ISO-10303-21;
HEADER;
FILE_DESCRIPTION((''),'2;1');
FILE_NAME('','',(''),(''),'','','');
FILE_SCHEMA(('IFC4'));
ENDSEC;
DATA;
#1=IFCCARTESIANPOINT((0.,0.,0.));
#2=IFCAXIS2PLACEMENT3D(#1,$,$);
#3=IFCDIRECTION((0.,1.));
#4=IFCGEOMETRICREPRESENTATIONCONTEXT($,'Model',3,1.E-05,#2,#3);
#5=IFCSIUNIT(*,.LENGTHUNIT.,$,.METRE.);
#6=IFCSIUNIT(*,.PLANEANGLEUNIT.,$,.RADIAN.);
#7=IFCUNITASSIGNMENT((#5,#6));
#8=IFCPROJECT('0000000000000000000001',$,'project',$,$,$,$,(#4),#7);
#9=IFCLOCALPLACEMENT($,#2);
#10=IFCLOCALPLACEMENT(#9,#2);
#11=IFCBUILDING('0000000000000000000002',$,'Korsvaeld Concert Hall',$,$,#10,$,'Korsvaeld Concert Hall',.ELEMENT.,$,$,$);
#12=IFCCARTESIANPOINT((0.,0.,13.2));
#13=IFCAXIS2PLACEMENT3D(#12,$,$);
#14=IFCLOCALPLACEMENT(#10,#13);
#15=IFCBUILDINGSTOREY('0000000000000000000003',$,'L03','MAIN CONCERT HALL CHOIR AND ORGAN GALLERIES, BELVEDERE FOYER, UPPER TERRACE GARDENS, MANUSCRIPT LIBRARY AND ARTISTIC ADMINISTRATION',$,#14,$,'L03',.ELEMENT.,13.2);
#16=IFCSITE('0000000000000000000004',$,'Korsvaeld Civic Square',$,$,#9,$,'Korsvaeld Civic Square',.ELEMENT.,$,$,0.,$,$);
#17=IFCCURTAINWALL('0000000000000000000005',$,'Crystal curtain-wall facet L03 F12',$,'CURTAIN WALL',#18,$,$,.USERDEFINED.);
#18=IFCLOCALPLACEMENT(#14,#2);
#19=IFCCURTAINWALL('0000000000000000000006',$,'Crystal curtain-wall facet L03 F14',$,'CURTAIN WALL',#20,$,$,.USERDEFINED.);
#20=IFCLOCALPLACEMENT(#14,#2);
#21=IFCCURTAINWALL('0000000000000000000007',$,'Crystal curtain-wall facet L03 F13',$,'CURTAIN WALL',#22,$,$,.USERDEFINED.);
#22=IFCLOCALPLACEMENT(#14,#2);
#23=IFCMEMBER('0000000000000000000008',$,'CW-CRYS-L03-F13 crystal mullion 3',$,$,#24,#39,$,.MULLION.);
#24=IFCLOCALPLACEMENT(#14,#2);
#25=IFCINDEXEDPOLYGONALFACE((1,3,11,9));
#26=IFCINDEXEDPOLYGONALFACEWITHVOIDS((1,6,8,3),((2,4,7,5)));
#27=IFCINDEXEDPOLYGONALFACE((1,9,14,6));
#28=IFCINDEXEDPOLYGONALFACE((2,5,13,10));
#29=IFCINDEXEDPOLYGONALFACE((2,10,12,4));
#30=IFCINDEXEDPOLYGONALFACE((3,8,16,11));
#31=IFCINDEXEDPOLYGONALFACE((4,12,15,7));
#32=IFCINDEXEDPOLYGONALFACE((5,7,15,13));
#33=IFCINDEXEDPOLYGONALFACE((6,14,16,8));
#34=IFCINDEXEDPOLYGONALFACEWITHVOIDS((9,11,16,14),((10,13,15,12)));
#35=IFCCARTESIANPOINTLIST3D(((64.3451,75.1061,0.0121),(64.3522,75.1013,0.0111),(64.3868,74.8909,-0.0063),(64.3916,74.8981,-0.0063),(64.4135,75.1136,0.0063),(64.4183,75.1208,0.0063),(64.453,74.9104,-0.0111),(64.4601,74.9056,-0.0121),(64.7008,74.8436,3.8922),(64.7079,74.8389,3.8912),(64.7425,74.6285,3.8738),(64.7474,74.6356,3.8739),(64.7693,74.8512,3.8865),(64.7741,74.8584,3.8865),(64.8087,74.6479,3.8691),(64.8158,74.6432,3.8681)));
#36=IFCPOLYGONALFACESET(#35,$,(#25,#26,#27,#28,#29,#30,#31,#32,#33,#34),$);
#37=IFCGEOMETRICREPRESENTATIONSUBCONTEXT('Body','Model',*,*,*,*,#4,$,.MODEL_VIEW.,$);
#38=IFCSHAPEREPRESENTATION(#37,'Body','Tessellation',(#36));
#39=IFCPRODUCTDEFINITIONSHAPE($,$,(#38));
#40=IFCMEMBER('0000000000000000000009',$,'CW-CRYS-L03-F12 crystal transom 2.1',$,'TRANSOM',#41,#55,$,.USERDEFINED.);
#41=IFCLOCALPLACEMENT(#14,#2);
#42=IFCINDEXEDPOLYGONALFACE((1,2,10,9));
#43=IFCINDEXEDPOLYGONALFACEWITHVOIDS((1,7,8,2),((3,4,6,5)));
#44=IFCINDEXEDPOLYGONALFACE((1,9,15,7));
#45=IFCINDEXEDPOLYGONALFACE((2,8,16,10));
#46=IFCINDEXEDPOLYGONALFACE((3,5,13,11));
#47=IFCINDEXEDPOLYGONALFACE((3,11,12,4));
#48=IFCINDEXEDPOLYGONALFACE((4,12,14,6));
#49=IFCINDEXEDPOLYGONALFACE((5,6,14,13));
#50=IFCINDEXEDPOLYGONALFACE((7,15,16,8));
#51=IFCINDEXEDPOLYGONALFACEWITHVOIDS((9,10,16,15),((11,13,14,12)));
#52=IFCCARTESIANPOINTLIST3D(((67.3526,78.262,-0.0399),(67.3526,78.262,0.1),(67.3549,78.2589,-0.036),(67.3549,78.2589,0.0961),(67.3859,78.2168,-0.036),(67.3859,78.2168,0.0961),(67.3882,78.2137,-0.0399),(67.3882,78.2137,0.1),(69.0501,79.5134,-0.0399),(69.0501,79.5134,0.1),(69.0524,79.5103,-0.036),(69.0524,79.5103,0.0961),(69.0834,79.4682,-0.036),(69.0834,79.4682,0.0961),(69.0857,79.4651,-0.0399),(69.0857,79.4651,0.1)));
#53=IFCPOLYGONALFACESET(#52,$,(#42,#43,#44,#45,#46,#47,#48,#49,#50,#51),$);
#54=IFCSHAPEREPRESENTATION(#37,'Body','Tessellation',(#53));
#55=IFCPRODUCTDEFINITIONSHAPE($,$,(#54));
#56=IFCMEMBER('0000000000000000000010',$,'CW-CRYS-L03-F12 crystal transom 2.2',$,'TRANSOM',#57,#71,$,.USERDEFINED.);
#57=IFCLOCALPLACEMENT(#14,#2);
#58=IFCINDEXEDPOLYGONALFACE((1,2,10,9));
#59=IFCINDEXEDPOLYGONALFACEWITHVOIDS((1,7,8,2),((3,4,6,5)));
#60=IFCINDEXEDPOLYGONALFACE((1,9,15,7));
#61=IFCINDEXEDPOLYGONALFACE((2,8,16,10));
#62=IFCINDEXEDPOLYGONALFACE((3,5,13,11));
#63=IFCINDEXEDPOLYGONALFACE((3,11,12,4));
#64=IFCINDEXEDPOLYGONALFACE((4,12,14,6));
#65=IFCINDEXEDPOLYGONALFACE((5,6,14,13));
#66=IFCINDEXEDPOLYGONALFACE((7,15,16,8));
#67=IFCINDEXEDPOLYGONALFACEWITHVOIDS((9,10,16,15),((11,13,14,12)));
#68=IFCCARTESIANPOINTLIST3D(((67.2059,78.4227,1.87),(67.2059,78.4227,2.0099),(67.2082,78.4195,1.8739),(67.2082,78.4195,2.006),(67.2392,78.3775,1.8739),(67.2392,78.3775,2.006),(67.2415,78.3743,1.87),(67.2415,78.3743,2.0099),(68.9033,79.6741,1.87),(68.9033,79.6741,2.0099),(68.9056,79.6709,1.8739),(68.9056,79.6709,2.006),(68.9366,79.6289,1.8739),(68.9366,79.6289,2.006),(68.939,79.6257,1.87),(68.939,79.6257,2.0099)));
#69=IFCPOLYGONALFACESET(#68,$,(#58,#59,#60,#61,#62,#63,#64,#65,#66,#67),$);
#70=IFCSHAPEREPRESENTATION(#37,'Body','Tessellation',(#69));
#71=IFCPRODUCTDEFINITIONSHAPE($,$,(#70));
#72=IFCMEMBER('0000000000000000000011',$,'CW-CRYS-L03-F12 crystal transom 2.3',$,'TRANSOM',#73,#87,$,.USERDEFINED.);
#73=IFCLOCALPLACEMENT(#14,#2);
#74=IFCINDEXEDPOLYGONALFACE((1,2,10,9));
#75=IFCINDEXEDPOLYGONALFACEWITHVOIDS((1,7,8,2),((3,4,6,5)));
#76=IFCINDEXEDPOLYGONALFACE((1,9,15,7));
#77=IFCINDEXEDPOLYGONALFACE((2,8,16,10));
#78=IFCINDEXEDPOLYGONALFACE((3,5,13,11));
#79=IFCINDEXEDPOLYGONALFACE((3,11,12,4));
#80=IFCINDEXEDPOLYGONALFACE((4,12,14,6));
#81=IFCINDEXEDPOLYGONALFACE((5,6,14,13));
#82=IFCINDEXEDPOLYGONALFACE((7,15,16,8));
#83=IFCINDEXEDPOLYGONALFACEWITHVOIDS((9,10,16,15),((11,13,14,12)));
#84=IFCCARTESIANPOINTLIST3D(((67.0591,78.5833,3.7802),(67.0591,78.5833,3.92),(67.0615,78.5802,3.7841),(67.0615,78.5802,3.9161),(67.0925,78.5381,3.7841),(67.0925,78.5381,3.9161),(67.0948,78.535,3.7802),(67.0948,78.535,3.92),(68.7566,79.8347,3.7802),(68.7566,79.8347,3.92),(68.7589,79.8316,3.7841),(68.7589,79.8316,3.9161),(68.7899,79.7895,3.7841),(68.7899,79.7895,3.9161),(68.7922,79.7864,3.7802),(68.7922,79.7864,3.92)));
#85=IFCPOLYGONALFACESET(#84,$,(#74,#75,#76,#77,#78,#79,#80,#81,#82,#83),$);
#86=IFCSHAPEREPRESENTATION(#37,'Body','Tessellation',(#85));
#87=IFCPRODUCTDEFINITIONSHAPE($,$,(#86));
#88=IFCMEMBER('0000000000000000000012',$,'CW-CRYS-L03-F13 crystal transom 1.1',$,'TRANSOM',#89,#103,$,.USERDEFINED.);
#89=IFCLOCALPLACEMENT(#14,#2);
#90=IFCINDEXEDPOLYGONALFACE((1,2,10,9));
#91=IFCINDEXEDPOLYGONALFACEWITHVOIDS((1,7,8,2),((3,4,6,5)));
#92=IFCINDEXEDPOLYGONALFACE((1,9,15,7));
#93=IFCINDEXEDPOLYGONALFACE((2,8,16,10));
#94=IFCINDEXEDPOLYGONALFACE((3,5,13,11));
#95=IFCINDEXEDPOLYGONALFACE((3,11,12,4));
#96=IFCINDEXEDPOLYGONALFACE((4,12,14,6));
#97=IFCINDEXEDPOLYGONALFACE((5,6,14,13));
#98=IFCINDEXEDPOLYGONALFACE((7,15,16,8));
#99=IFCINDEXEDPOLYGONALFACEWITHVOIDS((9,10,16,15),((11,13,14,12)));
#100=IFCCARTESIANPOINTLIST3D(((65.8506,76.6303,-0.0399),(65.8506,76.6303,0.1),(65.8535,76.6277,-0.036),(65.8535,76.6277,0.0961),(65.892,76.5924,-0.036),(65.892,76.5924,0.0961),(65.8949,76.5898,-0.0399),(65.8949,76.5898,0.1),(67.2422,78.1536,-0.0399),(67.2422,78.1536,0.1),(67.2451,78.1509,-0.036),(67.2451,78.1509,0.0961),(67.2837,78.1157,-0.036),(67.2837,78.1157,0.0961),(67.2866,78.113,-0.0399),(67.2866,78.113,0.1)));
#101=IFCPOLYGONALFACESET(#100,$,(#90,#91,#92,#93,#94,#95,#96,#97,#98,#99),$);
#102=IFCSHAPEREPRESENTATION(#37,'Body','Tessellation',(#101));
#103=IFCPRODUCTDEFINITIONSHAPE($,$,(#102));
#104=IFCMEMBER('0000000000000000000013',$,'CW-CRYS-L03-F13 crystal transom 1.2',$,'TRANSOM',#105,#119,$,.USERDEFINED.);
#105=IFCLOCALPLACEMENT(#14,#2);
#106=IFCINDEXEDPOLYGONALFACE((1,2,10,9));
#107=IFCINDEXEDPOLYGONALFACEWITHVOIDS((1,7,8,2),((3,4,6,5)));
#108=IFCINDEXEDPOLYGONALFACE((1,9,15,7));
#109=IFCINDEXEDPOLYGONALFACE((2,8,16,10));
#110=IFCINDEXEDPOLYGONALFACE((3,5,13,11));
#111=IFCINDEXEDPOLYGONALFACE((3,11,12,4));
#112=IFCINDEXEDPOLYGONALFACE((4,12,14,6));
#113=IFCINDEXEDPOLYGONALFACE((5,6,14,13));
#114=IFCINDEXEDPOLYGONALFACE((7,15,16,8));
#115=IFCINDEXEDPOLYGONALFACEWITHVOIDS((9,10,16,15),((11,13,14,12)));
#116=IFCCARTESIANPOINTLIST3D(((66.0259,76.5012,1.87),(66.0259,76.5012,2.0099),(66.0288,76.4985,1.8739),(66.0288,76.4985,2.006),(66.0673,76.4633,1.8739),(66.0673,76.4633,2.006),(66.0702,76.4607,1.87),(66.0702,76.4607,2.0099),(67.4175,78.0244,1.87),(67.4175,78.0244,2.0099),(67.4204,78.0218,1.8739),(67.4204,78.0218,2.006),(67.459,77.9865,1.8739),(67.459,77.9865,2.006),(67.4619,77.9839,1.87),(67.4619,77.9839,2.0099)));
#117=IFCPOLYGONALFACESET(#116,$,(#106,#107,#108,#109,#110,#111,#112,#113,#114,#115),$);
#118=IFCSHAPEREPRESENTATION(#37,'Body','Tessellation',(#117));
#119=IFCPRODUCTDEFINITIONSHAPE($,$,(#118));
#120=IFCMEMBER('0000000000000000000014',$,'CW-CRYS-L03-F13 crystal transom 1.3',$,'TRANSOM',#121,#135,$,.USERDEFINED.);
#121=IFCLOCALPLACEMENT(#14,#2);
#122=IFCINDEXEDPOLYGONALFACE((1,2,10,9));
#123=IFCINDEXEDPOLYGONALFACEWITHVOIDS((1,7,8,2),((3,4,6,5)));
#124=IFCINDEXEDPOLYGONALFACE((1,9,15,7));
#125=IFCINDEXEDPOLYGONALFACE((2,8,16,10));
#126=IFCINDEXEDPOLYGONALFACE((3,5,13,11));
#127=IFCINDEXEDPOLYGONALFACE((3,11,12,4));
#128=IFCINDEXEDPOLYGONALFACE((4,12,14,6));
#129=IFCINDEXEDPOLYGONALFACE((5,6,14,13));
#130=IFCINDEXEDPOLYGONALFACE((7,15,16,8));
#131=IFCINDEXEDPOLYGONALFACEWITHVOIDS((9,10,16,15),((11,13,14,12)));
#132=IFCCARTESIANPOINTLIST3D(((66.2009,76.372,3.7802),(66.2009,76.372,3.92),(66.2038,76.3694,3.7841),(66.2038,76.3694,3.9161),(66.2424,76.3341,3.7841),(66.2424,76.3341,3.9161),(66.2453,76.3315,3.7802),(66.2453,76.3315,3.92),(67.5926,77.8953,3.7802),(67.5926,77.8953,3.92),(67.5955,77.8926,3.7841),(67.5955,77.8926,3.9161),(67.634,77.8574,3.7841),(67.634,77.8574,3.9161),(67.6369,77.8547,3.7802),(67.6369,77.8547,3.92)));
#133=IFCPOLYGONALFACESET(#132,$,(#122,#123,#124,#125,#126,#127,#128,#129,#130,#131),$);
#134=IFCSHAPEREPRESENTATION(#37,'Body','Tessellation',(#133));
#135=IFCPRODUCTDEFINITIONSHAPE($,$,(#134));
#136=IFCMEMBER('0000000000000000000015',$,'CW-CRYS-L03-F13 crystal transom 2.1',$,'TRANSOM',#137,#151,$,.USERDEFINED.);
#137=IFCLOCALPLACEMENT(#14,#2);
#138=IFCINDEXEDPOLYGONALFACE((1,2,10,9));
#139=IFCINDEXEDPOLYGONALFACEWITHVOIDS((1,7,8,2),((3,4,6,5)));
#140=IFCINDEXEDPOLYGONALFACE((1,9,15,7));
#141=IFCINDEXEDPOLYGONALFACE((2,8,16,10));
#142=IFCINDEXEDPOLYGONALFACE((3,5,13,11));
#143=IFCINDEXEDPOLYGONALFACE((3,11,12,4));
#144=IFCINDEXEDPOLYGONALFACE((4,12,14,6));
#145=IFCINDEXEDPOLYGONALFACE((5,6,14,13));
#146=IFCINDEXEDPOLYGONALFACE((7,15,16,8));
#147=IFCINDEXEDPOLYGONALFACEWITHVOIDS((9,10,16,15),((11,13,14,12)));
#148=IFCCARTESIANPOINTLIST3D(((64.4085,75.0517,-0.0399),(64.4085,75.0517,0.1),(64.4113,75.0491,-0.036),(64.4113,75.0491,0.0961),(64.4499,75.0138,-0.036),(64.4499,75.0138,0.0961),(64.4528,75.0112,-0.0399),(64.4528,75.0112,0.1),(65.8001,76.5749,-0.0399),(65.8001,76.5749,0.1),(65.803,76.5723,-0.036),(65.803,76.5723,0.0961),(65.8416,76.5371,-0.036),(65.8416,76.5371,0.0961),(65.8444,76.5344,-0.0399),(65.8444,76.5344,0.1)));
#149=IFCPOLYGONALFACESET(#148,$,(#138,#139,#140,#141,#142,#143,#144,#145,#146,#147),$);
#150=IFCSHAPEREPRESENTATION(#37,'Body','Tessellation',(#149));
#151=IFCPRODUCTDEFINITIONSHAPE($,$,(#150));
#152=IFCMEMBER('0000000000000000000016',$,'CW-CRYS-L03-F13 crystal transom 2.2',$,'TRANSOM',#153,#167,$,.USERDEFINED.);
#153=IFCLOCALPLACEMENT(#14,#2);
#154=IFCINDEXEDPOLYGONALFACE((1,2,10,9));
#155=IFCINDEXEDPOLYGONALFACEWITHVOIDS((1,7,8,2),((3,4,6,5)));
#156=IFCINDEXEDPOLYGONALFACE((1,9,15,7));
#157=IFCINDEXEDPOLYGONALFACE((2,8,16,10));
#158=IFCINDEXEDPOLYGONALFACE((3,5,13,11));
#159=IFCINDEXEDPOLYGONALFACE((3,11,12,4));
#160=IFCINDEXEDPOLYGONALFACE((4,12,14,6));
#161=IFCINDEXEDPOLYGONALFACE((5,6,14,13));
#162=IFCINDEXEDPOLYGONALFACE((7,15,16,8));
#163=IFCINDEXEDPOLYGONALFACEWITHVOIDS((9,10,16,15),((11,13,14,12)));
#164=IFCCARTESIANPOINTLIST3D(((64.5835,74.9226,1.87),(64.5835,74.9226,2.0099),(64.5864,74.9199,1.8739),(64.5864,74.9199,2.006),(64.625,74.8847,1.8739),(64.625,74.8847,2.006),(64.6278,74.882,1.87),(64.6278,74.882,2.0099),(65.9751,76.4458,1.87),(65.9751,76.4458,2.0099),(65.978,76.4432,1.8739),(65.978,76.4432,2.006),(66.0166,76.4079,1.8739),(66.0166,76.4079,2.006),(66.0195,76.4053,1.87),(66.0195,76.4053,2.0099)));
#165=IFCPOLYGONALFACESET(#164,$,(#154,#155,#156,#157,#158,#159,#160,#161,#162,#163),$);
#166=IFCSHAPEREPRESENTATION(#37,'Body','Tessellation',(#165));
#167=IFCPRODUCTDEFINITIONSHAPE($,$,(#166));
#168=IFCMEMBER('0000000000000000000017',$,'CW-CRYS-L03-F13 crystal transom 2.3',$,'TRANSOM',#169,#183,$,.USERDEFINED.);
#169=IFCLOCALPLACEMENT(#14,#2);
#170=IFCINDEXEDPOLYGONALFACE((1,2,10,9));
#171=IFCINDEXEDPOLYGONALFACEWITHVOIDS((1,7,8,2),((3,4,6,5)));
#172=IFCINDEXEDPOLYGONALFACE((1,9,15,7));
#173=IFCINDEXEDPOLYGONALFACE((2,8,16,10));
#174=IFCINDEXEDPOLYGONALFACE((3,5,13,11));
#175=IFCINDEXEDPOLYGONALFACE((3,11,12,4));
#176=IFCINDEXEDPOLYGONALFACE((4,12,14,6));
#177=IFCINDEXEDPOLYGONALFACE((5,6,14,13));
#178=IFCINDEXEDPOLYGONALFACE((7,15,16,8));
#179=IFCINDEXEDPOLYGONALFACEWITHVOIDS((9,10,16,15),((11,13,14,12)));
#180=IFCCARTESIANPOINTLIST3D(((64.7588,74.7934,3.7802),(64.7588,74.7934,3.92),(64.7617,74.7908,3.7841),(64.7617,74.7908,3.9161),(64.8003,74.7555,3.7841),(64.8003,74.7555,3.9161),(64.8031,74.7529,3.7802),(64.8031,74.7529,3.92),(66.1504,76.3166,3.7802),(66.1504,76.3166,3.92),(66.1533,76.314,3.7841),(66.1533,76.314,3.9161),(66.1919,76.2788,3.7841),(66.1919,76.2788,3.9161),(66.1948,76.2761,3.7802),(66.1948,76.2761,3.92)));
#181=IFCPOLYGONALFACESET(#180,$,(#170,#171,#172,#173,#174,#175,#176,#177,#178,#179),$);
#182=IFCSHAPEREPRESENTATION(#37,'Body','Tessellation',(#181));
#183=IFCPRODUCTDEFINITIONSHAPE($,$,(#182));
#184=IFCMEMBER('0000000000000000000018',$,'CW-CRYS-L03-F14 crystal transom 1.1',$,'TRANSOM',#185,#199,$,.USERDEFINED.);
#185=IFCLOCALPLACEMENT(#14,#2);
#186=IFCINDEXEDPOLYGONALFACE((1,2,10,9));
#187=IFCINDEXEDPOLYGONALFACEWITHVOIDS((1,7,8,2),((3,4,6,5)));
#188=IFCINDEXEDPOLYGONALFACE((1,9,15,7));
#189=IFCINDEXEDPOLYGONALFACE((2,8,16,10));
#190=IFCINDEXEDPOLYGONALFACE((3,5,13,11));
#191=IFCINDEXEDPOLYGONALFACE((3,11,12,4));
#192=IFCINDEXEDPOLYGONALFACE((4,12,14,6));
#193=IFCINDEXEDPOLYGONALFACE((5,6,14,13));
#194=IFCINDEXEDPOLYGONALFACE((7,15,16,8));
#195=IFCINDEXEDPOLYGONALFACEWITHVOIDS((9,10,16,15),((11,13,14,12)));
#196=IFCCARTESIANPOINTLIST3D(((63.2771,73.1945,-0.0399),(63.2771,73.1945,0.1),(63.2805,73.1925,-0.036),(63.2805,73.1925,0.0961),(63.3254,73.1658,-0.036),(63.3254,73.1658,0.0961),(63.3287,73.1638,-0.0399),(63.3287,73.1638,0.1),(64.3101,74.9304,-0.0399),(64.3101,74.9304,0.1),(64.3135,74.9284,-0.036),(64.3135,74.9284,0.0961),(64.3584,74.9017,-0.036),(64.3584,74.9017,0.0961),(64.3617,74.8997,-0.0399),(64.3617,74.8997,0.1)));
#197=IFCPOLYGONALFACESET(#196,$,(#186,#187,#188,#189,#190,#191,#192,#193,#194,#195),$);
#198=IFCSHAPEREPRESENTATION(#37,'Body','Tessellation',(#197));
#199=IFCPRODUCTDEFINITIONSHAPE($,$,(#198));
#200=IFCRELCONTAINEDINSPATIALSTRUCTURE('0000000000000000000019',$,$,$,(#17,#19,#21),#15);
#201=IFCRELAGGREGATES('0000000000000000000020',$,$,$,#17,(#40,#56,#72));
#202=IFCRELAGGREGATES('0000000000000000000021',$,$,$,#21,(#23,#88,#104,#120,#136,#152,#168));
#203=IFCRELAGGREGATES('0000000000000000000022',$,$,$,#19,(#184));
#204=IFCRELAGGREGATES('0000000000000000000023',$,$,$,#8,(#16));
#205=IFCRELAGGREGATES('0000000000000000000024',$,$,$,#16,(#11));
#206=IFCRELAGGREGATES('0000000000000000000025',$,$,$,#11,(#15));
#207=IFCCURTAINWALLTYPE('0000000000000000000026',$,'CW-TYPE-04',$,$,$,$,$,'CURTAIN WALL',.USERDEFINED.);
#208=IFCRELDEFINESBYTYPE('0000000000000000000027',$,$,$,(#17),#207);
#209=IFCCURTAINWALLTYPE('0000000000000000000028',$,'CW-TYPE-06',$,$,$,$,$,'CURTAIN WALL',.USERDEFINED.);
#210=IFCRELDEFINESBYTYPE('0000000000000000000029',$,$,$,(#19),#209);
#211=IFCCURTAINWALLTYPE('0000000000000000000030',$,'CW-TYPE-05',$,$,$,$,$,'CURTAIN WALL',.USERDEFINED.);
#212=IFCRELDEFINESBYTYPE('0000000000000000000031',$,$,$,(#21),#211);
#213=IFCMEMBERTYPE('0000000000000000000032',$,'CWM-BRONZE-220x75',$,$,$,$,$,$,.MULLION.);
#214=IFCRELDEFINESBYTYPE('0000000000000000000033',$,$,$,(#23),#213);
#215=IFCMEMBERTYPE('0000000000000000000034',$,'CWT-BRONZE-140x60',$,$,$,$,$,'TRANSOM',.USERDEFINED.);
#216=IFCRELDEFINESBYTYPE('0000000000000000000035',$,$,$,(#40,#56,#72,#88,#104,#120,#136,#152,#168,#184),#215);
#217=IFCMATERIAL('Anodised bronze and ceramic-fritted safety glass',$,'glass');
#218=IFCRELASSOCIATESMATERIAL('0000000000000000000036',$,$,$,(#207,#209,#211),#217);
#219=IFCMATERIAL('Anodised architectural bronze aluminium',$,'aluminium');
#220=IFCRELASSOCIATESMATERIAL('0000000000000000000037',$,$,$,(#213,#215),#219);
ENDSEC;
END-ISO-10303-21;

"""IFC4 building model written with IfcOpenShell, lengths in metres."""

from ifc_helpers import new_model, si_unit, direction, frame, origin, origin_2d, place, context, subcontext, project, spatial, hollow_rectangle, extrude, material, material_profile, profile_set, type_object, element, aggregate, save


model = new_model("IFC4")

# Units and contexts
model_context = context("Model", 3, precision=1e-05, world=origin(), true_north=direction((0.0, 1.0)))
body_context = subcontext(model_context, "Body", "Model", "MODEL_VIEW")
ifc_project = project(units=[si_unit("LENGTHUNIT", "METRE"), si_unit("PLANEANGLEUNIT", "RADIAN")], contexts=[model_context])

# Site, building, storey
site_placement = place(None, origin())
site = spatial("IfcSite", under=ifc_project, at=site_placement, Name="Korsvaeld Civic Square", LongName="Korsvaeld Civic Square", CompositionType="ELEMENT", RefElevation=0.0)
building_placement = place(site_placement, origin())
building = spatial("IfcBuilding", under=site, at=building_placement, Name="Korsvaeld Concert Hall", LongName="Korsvaeld Concert Hall", CompositionType="ELEMENT")
storey_placement = place(building_placement, frame((0.0, 0.0, 13.2)))
storey = spatial("IfcBuildingStorey", under=building, at=storey_placement, Name="L03", Description="MAIN CONCERT HALL CHOIR AND ORGAN GALLERIES, BELVEDERE FOYER, UPPER TERRACE GARDENS, MANUSCRIPT LIBRARY AND ARTISTIC ADMINISTRATION", LongName="L03", CompositionType="ELEMENT", Elevation=13.2)

# Curtain wall
ifc_material_1 = material(Name="Anodised bronze and ceramic-fritted safety glass", Category="glass")
curtain_wall_type_1 = type_object("IfcCurtainWallType", Name="CW-TYPE-04", ElementType="CURTAIN WALL", PredefinedType="USERDEFINED", material=ifc_material_1)
curtain_wall_1_placement = place(storey_placement, origin())
curtain_wall_1 = element("IfcCurtainWall", 1, at=curtain_wall_1_placement, inside=storey, type_object=curtain_wall_type_1, Name="Crystal curtain-wall facet L03 F12", ObjectType="CURTAIN WALL", PredefinedType="USERDEFINED")
ifc_material_2 = material(Name="Anodised architectural bronze aluminium", Category="aluminium")

# Curtain wall
curtain_wall_type_2 = type_object("IfcCurtainWallType", Name="CW-TYPE-06", ElementType="CURTAIN WALL", PredefinedType="USERDEFINED", material=ifc_material_1)
curtain_wall_2_placement = place(storey_placement, origin())
curtain_wall_2 = element("IfcCurtainWall", 2, at=curtain_wall_2_placement, inside=storey, type_object=curtain_wall_type_2, Name="Crystal curtain-wall facet L03 F14", ObjectType="CURTAIN WALL", PredefinedType="USERDEFINED")

# Curtain wall, member
curtain_wall_type_3 = type_object("IfcCurtainWallType", Name="CW-TYPE-05", ElementType="CURTAIN WALL", PredefinedType="USERDEFINED", material=ifc_material_1)
curtain_wall_3_placement = place(storey_placement, origin())
curtain_wall_3 = element("IfcCurtainWall", 3, at=curtain_wall_3_placement, inside=storey, type_object=curtain_wall_type_3, Name="Crystal curtain-wall facet L03 F13", ObjectType="CURTAIN WALL", PredefinedType="USERDEFINED")
ifc_material_profile_1 = material_profile(ifc_material_2, hollow_rectangle(XDim=0.075, YDim=0.22, WallThickness=0.0061, at=origin_2d()), Name="CWM 220x75x6")
ifc_profile_set_1 = profile_set([ifc_material_profile_1], Name="Anodised architectural bronze aluminium")
member_type_1 = type_object("IfcMemberType", Name="CWM-BRONZE-220x75", PredefinedType="MULLION", material=ifc_profile_set_1)
member_1_placement = place(storey_placement, frame((64.4026, 75.0059, 0.0), z_axis=(0.091086, -0.067205, 0.993573), x_axis=(0.977585, 0.196208, -0.076349)))
member_1 = element("IfcMember", 4, at=member_1_placement, type_object=member_type_1, Name="CW-CRYS-L03-F13 crystal mullion 3", PredefinedType="MULLION", context=body_context, shape_type="SweptSolid", body=[
    extrude(hollow_rectangle(XDim=0.075, YDim=0.22, WallThickness=0.0061, at=origin_2d()), origin(), (0.0, 0.0, 1.0), 3.9053),
])

# Members
ifc_material_profile_2 = material_profile(ifc_material_2, hollow_rectangle(XDim=0.0601, YDim=0.1399, WallThickness=0.0039, at=origin_2d()), Name="CWT 140x60x4")
ifc_profile_set_2 = profile_set([ifc_material_profile_2], Name="Anodised architectural bronze aluminium")
member_type_2 = type_object("IfcMemberType", Name="CWT-BRONZE-140x60", ElementType="TRANSOM", PredefinedType="USERDEFINED", material=ifc_profile_set_2)
member_2_placement = place(storey_placement, frame((69.0679, 79.4893, 0.03), z_axis=(-0.804905, -0.593404, 0.0), x_axis=(0.593404, -0.804905, 0.0)))
member_2 = element("IfcMember", 5, at=member_2_placement, type_object=member_type_2, Name="CW-CRYS-L03-F12 crystal transom 2.1", ObjectType="TRANSOM", PredefinedType="USERDEFINED", context=body_context, shape_type="SweptSolid", body=[
    extrude(hollow_rectangle(XDim=0.0601, YDim=0.1399, WallThickness=0.0039, at=origin_2d()), origin(), (0.0, 0.0, 1.0), 2.1089),
])
member_3_placement = place(storey_placement, frame((68.9211, 79.6499, 1.9399), z_axis=(-0.804905, -0.593404, 0.0), x_axis=(0.593404, -0.804905, 0.0)))
member_3 = element("IfcMember", 6, at=member_3_placement, type_object=member_type_2, Name="CW-CRYS-L03-F12 crystal transom 2.2", ObjectType="TRANSOM", PredefinedType="USERDEFINED", context=body_context, shape_type="SweptSolid", body=[
    extrude(hollow_rectangle(XDim=0.0601, YDim=0.1399, WallThickness=0.0039, at=origin_2d()), origin(), (0.0, 0.0, 1.0), 2.1089),
])
member_4_placement = place(storey_placement, frame((68.7744, 79.8105, 3.8501), z_axis=(-0.804905, -0.593404, 0.0), x_axis=(0.593404, -0.804905, 0.0)))
member_4 = element("IfcMember", 7, at=member_4_placement, type_object=member_type_2, Name="CW-CRYS-L03-F12 crystal transom 2.3", ObjectType="TRANSOM", PredefinedType="USERDEFINED", context=body_context, shape_type="SweptSolid", body=[
    extrude(hollow_rectangle(XDim=0.0601, YDim=0.1399, WallThickness=0.0039, at=origin_2d()), origin(), (0.0, 0.0, 1.0), 2.1089),
])
member_5_placement = place(storey_placement, frame((67.2644, 78.1333, 0.03), z_axis=(-0.674497, -0.738278, 0.0), x_axis=(0.738278, -0.674497, 0.0)))
member_5 = element("IfcMember", 8, at=member_5_placement, type_object=member_type_2, Name="CW-CRYS-L03-F13 crystal transom 1.1", ObjectType="TRANSOM", PredefinedType="USERDEFINED", context=body_context, shape_type="SweptSolid", body=[
    extrude(hollow_rectangle(XDim=0.0601, YDim=0.1399, WallThickness=0.0039, at=origin_2d()), origin(), (0.0, 0.0, 1.0), 2.0632),
])
member_6_placement = place(storey_placement, frame((67.4397, 78.0042, 1.9399), z_axis=(-0.674497, -0.738278, 0.0), x_axis=(0.738278, -0.674497, 0.0)))
member_6 = element("IfcMember", 9, at=member_6_placement, type_object=member_type_2, Name="CW-CRYS-L03-F13 crystal transom 1.2", ObjectType="TRANSOM", PredefinedType="USERDEFINED", context=body_context, shape_type="SweptSolid", body=[
    extrude(hollow_rectangle(XDim=0.0601, YDim=0.1399, WallThickness=0.0039, at=origin_2d()), origin(), (0.0, 0.0, 1.0), 2.0632),
])
member_7_placement = place(storey_placement, frame((67.6147, 77.875, 3.8501), z_axis=(-0.674497, -0.738278, 0.0), x_axis=(0.738278, -0.674497, 0.0)))
member_7 = element("IfcMember", 10, at=member_7_placement, type_object=member_type_2, Name="CW-CRYS-L03-F13 crystal transom 1.3", ObjectType="TRANSOM", PredefinedType="USERDEFINED", context=body_context, shape_type="SweptSolid", body=[
    extrude(hollow_rectangle(XDim=0.0601, YDim=0.1399, WallThickness=0.0039, at=origin_2d()), origin(), (0.0, 0.0, 1.0), 2.0632),
])
member_8_placement = place(storey_placement, frame((65.8223, 76.5547, 0.03), z_axis=(-0.674497, -0.738278, 0.0), x_axis=(0.738278, -0.674497, 0.0)))
member_8 = element("IfcMember", 11, at=member_8_placement, type_object=member_type_2, Name="CW-CRYS-L03-F13 crystal transom 2.1", ObjectType="TRANSOM", PredefinedType="USERDEFINED", context=body_context, shape_type="SweptSolid", body=[
    extrude(hollow_rectangle(XDim=0.0601, YDim=0.1399, WallThickness=0.0039, at=origin_2d()), origin(), (0.0, 0.0, 1.0), 2.0632),
])
member_9_placement = place(storey_placement, frame((65.9973, 76.4255, 1.9399), z_axis=(-0.674497, -0.738278, 0.0), x_axis=(0.738278, -0.674497, 0.0)))
member_9 = element("IfcMember", 12, at=member_9_placement, type_object=member_type_2, Name="CW-CRYS-L03-F13 crystal transom 2.2", ObjectType="TRANSOM", PredefinedType="USERDEFINED", context=body_context, shape_type="SweptSolid", body=[
    extrude(hollow_rectangle(XDim=0.0601, YDim=0.1399, WallThickness=0.0039, at=origin_2d()), origin(), (0.0, 0.0, 1.0), 2.0632),
])
member_10_placement = place(storey_placement, frame((66.1726, 76.2964, 3.8501), z_axis=(-0.674497, -0.738278, 0.0), x_axis=(0.738278, -0.674497, 0.0)))
member_10 = element("IfcMember", 13, at=member_10_placement, type_object=member_type_2, Name="CW-CRYS-L03-F13 crystal transom 2.3", ObjectType="TRANSOM", PredefinedType="USERDEFINED", context=body_context, shape_type="SweptSolid", body=[
    extrude(hollow_rectangle(XDim=0.0601, YDim=0.1399, WallThickness=0.0039, at=origin_2d()), origin(), (0.0, 0.0, 1.0), 2.0632),
])
member_11_placement = place(storey_placement, frame((64.3359, 74.915, 0.03), z_axis=(-0.511382, -0.859354, 0.0), x_axis=(0.859354, -0.511382, 0.0)))
member_11 = element("IfcMember", 14, at=member_11_placement, type_object=member_type_2, Name="CW-CRYS-L03-F14 crystal transom 1.1", ObjectType="TRANSOM", PredefinedType="USERDEFINED", context=body_context, shape_type="SweptSolid", body=[
    extrude(hollow_rectangle(XDim=0.0601, YDim=0.1399, WallThickness=0.0039, at=origin_2d()), origin(), (0.0, 0.0, 1.0), 2.02),
])

aggregate(curtain_wall_1, [member_2, member_3, member_4])
aggregate(curtain_wall_3, [member_1, member_5, member_6, member_7, member_8, member_9, member_10])
aggregate(curtain_wall_2, [member_11])

save(model, "model.ifc")
